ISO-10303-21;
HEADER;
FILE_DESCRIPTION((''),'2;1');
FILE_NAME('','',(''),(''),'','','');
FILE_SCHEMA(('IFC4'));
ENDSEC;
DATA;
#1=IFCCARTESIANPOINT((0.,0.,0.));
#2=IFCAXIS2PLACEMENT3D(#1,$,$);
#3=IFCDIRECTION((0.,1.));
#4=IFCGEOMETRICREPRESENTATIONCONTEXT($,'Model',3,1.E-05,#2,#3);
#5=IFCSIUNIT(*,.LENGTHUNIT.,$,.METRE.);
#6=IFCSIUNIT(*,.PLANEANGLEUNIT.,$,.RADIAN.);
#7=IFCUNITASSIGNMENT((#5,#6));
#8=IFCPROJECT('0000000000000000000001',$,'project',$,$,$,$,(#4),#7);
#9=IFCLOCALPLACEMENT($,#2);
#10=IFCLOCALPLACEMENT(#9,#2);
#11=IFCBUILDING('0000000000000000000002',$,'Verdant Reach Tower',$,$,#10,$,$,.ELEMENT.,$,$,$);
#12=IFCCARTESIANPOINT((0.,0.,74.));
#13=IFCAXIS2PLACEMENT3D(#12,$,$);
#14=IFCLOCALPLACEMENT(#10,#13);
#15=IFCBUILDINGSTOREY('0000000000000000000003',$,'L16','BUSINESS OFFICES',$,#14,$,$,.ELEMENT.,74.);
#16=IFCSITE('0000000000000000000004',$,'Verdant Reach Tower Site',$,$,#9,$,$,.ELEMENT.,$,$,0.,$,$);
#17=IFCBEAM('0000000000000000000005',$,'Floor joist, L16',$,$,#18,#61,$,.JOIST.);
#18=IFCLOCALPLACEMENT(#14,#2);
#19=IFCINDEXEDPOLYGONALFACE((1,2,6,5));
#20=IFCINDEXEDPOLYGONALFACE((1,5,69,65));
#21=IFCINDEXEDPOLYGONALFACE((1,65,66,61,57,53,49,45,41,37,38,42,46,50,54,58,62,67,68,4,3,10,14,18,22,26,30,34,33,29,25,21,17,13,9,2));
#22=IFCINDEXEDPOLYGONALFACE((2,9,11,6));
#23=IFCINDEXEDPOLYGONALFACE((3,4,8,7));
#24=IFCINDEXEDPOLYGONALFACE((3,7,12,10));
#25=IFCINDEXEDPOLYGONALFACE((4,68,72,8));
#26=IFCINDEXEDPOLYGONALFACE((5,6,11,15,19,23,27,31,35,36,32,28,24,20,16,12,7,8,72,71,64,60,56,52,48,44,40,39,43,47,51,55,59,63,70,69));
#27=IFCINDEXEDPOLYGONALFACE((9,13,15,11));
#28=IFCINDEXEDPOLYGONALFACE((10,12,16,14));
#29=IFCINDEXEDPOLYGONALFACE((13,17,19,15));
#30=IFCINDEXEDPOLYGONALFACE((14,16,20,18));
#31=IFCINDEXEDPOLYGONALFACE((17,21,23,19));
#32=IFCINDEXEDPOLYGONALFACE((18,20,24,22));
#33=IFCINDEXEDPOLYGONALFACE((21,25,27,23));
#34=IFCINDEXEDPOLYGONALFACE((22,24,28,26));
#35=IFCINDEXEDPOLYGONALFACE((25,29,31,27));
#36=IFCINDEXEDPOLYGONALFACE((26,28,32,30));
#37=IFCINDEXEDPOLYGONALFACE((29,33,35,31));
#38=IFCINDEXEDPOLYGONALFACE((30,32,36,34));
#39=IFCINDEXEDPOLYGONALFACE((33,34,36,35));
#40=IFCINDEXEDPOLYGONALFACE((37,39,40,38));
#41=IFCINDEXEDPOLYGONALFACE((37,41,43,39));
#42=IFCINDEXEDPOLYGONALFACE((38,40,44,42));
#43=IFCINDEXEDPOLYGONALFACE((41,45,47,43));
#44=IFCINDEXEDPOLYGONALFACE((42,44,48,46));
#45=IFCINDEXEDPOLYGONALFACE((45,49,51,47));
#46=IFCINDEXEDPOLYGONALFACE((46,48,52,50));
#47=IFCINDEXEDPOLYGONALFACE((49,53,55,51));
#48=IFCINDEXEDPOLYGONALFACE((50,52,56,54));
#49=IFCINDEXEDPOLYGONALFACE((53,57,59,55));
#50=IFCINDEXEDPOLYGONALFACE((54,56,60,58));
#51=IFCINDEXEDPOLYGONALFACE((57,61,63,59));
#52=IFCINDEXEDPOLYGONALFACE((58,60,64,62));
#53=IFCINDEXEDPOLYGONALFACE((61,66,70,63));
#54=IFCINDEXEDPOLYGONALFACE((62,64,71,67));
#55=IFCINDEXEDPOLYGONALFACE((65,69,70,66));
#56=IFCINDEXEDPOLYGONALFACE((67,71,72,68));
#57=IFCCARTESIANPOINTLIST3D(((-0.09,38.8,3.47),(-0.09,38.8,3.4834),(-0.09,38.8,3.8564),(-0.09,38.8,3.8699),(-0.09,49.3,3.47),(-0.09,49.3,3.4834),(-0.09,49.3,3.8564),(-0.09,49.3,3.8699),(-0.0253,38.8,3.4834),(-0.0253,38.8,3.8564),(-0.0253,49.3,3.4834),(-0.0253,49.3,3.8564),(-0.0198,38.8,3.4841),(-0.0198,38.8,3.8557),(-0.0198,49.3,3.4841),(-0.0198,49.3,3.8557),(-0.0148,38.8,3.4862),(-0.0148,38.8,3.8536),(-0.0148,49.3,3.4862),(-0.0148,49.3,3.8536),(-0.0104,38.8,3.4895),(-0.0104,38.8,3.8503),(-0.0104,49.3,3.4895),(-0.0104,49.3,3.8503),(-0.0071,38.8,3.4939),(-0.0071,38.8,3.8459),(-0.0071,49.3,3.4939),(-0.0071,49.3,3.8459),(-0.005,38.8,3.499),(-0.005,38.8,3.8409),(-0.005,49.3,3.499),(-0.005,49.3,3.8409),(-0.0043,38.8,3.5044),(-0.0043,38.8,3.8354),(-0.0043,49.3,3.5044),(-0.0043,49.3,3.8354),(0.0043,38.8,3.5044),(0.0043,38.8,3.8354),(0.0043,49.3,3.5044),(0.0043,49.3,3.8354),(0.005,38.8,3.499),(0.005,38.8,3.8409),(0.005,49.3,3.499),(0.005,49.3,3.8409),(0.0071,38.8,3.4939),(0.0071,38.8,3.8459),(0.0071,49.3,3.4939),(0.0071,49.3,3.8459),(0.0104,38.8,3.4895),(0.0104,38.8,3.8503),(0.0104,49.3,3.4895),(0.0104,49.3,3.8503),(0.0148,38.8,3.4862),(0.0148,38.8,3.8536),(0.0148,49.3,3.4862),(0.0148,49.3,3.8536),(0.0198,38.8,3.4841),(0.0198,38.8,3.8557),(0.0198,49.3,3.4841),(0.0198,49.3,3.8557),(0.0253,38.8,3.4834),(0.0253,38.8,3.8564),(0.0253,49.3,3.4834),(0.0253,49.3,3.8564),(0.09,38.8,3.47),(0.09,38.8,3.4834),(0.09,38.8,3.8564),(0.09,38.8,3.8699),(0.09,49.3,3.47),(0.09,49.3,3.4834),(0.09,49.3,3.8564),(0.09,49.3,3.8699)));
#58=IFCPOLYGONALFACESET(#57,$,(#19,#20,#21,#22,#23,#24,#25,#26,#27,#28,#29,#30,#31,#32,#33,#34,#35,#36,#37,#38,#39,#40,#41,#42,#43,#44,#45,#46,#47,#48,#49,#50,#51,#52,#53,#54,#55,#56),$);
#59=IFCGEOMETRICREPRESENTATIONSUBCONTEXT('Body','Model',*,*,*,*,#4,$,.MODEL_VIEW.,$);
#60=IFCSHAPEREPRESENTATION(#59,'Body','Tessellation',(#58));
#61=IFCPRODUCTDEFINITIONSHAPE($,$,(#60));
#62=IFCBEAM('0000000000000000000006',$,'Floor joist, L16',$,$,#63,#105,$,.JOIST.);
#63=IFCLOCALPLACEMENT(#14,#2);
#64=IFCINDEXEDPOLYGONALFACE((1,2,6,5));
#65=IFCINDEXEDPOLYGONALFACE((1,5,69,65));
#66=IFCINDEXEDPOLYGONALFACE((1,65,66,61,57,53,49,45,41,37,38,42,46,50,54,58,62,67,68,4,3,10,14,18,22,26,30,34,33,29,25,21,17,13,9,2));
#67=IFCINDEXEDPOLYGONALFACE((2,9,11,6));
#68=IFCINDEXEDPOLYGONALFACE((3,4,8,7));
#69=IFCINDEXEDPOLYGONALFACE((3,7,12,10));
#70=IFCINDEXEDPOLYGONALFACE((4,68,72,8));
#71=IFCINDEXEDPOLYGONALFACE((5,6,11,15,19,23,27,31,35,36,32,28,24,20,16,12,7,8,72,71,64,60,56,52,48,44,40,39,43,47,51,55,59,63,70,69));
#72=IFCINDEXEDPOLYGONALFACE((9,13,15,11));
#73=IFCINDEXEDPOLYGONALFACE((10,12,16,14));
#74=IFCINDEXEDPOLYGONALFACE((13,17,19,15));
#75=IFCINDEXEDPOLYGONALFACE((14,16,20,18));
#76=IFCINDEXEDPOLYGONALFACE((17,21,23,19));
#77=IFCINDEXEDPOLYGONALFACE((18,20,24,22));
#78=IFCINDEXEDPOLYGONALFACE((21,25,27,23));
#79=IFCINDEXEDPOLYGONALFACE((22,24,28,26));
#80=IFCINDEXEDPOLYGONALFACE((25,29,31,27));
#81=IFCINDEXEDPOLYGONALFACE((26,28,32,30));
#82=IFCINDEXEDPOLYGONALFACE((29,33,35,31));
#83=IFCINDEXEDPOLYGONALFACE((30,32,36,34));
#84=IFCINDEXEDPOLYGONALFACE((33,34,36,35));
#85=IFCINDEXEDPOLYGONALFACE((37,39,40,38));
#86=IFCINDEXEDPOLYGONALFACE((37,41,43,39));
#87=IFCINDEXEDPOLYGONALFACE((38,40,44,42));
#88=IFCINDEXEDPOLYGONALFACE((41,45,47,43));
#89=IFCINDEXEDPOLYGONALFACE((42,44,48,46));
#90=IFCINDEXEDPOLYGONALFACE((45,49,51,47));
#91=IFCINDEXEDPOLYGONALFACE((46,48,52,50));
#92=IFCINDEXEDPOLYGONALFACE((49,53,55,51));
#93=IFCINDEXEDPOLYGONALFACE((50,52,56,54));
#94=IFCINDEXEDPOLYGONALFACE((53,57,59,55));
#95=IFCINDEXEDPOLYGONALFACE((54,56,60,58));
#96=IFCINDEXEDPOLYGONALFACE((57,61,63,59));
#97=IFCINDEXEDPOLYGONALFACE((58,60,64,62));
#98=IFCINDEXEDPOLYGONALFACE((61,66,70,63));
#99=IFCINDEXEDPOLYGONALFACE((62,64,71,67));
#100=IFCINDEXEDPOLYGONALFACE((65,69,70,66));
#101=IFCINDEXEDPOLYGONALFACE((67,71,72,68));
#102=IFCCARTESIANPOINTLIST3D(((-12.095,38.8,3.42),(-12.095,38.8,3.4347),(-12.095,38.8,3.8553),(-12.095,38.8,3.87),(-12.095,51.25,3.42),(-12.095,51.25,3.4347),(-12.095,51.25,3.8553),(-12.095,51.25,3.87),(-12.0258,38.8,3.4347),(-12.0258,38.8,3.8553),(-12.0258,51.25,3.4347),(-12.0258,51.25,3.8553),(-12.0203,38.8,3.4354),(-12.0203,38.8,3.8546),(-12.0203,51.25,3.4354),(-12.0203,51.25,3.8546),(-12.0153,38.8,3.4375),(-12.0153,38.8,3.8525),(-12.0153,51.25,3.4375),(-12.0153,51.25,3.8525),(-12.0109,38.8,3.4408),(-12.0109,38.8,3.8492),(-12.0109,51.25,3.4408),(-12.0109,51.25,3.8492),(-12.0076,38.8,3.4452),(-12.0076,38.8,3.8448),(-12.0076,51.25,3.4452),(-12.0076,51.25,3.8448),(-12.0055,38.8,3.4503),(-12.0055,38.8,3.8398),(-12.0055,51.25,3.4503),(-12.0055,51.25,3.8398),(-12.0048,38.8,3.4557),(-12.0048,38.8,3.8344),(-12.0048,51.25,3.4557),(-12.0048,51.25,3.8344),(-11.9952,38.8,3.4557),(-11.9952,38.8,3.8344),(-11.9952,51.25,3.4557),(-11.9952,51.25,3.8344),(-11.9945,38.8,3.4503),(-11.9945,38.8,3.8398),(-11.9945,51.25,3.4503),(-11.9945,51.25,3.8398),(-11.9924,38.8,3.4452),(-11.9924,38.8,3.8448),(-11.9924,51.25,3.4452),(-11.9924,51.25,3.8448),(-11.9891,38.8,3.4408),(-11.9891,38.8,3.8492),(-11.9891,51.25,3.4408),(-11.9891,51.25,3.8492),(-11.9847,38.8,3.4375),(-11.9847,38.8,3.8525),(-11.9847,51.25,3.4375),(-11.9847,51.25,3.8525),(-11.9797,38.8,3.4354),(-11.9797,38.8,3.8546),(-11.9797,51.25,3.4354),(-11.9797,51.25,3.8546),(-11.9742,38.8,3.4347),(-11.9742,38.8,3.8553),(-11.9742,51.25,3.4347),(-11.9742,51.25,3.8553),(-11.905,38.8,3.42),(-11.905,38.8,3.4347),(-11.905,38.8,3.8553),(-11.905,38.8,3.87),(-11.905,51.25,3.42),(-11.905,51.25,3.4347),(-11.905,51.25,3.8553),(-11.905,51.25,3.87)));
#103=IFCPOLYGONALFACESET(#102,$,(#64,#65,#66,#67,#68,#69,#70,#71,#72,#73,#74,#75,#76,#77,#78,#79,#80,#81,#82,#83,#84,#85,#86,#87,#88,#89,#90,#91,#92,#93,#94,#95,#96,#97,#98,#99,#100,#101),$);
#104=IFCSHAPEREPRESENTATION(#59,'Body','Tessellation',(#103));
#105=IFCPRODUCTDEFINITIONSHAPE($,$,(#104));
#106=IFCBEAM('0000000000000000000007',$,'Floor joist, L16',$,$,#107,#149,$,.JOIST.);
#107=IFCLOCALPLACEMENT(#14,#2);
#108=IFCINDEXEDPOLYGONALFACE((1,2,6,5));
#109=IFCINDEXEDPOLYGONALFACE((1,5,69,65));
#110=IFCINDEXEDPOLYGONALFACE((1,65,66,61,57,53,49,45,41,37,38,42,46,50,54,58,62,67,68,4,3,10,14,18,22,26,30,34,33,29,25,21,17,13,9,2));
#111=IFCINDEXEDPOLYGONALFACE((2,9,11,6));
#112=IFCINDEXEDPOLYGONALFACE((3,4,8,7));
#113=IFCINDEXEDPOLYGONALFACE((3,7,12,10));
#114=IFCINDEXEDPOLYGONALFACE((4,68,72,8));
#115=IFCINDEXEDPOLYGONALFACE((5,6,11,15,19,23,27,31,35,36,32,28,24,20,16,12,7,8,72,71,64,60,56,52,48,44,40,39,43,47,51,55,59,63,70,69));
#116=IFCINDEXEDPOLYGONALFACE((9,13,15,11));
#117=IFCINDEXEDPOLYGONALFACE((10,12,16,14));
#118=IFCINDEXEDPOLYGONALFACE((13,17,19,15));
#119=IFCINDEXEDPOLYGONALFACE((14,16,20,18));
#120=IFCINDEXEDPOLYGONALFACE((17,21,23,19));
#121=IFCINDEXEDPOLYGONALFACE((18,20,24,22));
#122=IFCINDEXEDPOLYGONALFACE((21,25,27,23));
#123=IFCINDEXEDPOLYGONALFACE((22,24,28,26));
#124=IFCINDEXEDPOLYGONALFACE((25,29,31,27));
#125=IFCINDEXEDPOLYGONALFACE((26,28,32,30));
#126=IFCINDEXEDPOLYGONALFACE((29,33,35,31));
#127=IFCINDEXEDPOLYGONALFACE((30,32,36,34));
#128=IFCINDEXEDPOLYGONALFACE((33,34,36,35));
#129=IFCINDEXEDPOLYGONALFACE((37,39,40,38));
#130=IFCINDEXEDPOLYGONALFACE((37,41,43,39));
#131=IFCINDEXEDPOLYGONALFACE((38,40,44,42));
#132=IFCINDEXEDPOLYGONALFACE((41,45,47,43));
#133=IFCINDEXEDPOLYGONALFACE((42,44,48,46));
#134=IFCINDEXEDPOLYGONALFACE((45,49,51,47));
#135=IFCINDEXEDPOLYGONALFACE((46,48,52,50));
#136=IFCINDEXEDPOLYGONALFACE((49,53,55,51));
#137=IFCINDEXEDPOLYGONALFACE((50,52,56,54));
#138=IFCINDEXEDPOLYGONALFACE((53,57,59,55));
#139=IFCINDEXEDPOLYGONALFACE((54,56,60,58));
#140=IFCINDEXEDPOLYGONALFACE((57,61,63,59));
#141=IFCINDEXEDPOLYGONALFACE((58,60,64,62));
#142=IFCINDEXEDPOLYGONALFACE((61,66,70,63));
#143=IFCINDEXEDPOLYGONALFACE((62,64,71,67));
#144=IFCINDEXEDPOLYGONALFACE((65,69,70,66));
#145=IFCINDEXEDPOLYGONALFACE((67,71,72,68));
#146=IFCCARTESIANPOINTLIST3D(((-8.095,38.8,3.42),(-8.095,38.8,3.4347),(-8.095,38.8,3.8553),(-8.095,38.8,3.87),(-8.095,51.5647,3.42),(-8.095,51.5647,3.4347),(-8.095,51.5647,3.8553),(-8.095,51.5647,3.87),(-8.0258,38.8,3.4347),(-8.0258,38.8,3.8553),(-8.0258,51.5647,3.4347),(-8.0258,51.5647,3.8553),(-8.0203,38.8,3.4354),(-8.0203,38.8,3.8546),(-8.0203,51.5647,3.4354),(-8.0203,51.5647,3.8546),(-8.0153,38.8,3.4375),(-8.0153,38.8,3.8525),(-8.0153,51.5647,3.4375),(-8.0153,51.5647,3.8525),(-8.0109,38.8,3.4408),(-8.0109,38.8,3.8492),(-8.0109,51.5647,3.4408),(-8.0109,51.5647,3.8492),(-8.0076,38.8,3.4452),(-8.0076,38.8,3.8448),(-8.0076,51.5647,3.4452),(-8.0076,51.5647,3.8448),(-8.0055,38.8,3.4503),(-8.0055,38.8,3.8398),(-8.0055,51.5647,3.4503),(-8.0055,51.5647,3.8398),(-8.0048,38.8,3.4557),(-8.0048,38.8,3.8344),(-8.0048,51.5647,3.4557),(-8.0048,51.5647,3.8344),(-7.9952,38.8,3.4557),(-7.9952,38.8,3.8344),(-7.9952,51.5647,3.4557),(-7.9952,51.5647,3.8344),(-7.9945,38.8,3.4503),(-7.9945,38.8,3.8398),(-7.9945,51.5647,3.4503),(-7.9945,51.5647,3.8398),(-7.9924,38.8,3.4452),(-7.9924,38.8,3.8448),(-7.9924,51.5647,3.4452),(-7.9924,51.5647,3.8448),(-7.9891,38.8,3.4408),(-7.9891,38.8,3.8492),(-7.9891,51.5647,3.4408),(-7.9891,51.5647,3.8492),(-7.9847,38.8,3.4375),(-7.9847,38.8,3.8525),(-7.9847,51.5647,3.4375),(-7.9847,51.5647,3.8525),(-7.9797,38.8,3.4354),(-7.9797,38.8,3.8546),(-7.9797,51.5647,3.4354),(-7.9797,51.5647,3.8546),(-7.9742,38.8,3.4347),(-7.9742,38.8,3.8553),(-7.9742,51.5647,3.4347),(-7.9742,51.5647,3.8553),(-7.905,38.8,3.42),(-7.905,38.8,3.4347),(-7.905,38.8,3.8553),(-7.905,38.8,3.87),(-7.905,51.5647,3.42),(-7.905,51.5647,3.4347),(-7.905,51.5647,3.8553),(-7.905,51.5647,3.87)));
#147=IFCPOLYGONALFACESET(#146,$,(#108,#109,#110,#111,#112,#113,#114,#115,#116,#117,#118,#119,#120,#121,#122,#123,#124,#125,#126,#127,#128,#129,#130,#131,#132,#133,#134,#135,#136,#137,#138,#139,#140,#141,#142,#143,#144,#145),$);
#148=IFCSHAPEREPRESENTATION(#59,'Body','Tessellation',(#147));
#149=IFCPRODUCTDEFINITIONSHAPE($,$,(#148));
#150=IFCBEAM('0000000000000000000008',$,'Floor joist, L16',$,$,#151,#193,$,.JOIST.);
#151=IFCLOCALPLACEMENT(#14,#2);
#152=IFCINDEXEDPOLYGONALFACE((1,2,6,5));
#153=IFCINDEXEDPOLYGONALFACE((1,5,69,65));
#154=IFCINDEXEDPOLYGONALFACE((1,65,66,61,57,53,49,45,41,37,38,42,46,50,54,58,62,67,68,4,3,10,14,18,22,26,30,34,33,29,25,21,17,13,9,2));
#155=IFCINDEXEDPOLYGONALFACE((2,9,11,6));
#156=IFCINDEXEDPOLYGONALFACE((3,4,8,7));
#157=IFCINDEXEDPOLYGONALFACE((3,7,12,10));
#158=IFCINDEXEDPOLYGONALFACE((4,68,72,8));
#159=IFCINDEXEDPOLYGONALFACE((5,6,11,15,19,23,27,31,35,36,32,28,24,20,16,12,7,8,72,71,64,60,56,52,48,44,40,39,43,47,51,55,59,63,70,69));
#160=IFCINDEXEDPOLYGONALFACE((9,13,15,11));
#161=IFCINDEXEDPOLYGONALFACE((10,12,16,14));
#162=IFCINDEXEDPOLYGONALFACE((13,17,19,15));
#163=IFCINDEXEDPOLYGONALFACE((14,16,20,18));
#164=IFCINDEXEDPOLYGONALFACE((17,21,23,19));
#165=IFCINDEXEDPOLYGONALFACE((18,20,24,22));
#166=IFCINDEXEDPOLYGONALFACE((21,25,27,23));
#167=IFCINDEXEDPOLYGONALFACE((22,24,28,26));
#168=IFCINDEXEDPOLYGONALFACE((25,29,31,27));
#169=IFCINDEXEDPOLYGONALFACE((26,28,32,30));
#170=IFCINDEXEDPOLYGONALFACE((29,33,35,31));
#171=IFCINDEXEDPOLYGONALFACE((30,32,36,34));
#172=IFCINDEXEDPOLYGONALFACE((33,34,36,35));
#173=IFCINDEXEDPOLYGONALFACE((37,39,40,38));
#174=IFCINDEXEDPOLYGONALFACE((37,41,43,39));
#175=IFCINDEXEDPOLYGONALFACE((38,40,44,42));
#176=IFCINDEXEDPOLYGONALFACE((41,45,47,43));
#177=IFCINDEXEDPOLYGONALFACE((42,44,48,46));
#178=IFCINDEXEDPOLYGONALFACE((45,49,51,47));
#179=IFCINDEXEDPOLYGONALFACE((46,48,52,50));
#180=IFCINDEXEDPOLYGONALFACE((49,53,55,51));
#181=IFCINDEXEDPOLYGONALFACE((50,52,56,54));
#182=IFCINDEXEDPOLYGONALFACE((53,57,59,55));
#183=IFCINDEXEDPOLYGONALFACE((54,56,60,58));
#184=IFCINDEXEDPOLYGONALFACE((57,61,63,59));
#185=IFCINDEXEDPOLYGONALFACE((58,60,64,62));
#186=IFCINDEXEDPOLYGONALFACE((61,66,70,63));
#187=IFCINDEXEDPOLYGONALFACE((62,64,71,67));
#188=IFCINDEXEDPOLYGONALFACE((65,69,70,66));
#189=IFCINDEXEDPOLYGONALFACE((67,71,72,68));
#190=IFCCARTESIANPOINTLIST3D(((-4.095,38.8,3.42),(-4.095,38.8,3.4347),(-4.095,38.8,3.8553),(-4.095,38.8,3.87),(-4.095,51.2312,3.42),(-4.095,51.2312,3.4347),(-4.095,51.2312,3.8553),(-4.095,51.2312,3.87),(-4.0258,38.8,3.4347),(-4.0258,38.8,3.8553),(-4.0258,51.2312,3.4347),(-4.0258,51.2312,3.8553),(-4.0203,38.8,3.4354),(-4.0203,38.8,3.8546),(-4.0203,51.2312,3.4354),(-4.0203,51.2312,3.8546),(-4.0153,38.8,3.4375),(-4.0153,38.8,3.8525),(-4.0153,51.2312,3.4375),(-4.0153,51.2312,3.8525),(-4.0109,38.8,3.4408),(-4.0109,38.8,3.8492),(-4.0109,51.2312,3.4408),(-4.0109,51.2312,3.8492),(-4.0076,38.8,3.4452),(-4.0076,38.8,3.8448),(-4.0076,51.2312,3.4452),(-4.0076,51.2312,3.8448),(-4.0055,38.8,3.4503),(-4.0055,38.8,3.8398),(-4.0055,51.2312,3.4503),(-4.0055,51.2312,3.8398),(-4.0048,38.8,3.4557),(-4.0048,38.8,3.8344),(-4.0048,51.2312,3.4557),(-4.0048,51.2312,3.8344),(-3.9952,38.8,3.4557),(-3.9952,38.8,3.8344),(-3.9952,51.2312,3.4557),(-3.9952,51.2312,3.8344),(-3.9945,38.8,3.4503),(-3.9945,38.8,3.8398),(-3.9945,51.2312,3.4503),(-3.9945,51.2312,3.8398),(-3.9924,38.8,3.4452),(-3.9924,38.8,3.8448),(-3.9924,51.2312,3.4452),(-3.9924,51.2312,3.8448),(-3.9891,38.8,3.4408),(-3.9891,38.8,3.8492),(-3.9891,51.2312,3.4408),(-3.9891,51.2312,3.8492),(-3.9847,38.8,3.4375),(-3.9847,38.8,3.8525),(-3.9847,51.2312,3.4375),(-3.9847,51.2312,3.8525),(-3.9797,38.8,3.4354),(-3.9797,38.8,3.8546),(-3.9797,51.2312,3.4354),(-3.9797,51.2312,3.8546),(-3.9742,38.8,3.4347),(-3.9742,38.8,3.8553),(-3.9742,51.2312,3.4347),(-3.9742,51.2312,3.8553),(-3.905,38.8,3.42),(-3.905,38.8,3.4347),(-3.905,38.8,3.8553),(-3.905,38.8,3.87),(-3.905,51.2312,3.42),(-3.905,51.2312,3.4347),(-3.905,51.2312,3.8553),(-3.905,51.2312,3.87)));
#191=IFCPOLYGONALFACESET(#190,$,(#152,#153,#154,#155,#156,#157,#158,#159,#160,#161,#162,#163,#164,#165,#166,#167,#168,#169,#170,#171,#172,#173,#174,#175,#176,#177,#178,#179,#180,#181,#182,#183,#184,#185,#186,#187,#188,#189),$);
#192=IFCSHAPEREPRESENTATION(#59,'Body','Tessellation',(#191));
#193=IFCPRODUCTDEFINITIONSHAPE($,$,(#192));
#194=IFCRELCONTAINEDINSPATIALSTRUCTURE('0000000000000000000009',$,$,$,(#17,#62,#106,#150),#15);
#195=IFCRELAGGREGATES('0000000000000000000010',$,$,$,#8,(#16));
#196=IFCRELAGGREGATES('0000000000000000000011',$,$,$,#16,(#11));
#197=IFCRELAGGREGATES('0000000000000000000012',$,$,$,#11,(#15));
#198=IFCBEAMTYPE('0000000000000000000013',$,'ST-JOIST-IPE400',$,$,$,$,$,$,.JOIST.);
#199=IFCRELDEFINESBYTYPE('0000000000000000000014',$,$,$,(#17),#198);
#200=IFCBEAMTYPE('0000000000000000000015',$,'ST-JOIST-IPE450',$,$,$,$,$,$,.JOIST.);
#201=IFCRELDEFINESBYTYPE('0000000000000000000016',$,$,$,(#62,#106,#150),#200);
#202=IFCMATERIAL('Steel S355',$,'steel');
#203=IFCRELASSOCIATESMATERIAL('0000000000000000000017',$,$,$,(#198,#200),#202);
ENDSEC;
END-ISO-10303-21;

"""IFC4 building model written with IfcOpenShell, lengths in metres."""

from ifc_helpers import new_model, si_unit, direction, frame, origin, origin_2d, place, context, subcontext, project, spatial, i_section, extrude, material, material_profile, profile_set, type_object, element, save


model = new_model("IFC4")

# Units and contexts
model_context = context("Model", 3, precision=1e-05, world=origin(), true_north=direction((0.0, 1.0)))
body_context = subcontext(model_context, "Body", "Model", "MODEL_VIEW")
ifc_project = project(units=[si_unit("LENGTHUNIT", "METRE"), si_unit("PLANEANGLEUNIT", "RADIAN")], contexts=[model_context])

# Site, building, storey
site_placement = place(None, origin())
site = spatial("IfcSite", under=ifc_project, at=site_placement, Name="Verdant Reach Tower Site", CompositionType="ELEMENT", RefElevation=0.0)
building_placement = place(site_placement, origin())
building = spatial("IfcBuilding", under=site, at=building_placement, Name="Verdant Reach Tower", CompositionType="ELEMENT")
storey_placement = place(building_placement, frame((0.0, 0.0, 74.0)))
storey = spatial("IfcBuildingStorey", under=building, at=storey_placement, Name="L16", Description="BUSINESS OFFICES", CompositionType="ELEMENT", Elevation=74.0)

# Beams
ifc_material_1 = material(Name="Steel S355", Category="steel")
ifc_material_profile_1 = material_profile(ifc_material_1, i_section(OverallWidth=0.1799, OverallDepth=0.3999, WebThickness=0.0085, FlangeThickness=0.0134, FilletRadius=0.021, at=origin_2d()), Name="IPE 400")
ifc_profile_set_1 = profile_set([ifc_material_profile_1], Name="Steel S355")
beam_type_1 = type_object("IfcBeamType", Name="ST-JOIST-IPE400", PredefinedType="JOIST", material=ifc_profile_set_1)
beam_1_placement = place(storey_placement, frame((0.0, 38.8, 3.6699), z_axis=(0.0, 1.0, 0.0), x_axis=(-1.0, 0.0, 0.0)))
element("IfcBeam", 1, at=beam_1_placement, inside=storey, type_object=beam_type_1, Name="Floor joist, L16", PredefinedType="JOIST", context=body_context, shape_type="SweptSolid", body=[
    extrude(i_section(OverallWidth=0.1799, OverallDepth=0.3999, WebThickness=0.0085, FlangeThickness=0.0134, FilletRadius=0.021, at=origin_2d()), origin(), (0.0, 0.0, 1.0), 10.5),
])
ifc_material_profile_2 = material_profile(ifc_material_1, i_section(OverallWidth=0.1899, OverallDepth=0.45, WebThickness=0.0095, FlangeThickness=0.0146, FilletRadius=0.021, at=origin_2d()), Name="IPE 450")
ifc_profile_set_2 = profile_set([ifc_material_profile_2], Name="Steel S355")
beam_type_2 = type_object("IfcBeamType", Name="ST-JOIST-IPE450", PredefinedType="JOIST", material=ifc_profile_set_2)
beam_2_placement = place(storey_placement, frame((-12.0, 38.8, 3.645), z_axis=(0.0, 1.0, 0.0), x_axis=(-1.0, 0.0, 0.0)))
element("IfcBeam", 2, at=beam_2_placement, inside=storey, type_object=beam_type_2, Name="Floor joist, L16", PredefinedType="JOIST", context=body_context, shape_type="SweptSolid", body=[
    extrude(i_section(OverallWidth=0.1899, OverallDepth=0.45, WebThickness=0.0095, FlangeThickness=0.0146, FilletRadius=0.021, at=origin_2d()), origin(), (0.0, 0.0, 1.0), 12.45),
])
beam_3_placement = place(storey_placement, frame((-8.0, 38.8, 3.645), z_axis=(0.0, 1.0, 0.0), x_axis=(-1.0, 0.0, 0.0)))
element("IfcBeam", 3, at=beam_3_placement, inside=storey, type_object=beam_type_2, Name="Floor joist, L16", PredefinedType="JOIST", context=body_context, shape_type="SweptSolid", body=[
    extrude(i_section(OverallWidth=0.1899, OverallDepth=0.45, WebThickness=0.0095, FlangeThickness=0.0146, FilletRadius=0.021, at=origin_2d()), origin(), (0.0, 0.0, 1.0), 12.7646),
])
beam_4_placement = place(storey_placement, frame((-4.0, 38.8, 3.645), z_axis=(0.0, 1.0, 0.0), x_axis=(-1.0, 0.0, 0.0)))
element("IfcBeam", 4, at=beam_4_placement, inside=storey, type_object=beam_type_2, Name="Floor joist, L16", PredefinedType="JOIST", context=body_context, shape_type="SweptSolid", body=[
    extrude(i_section(OverallWidth=0.1899, OverallDepth=0.45, WebThickness=0.0095, FlangeThickness=0.0146, FilletRadius=0.021, at=origin_2d()), origin(), (0.0, 0.0, 1.0), 12.4312),
])

save(model, "model.ifc")
